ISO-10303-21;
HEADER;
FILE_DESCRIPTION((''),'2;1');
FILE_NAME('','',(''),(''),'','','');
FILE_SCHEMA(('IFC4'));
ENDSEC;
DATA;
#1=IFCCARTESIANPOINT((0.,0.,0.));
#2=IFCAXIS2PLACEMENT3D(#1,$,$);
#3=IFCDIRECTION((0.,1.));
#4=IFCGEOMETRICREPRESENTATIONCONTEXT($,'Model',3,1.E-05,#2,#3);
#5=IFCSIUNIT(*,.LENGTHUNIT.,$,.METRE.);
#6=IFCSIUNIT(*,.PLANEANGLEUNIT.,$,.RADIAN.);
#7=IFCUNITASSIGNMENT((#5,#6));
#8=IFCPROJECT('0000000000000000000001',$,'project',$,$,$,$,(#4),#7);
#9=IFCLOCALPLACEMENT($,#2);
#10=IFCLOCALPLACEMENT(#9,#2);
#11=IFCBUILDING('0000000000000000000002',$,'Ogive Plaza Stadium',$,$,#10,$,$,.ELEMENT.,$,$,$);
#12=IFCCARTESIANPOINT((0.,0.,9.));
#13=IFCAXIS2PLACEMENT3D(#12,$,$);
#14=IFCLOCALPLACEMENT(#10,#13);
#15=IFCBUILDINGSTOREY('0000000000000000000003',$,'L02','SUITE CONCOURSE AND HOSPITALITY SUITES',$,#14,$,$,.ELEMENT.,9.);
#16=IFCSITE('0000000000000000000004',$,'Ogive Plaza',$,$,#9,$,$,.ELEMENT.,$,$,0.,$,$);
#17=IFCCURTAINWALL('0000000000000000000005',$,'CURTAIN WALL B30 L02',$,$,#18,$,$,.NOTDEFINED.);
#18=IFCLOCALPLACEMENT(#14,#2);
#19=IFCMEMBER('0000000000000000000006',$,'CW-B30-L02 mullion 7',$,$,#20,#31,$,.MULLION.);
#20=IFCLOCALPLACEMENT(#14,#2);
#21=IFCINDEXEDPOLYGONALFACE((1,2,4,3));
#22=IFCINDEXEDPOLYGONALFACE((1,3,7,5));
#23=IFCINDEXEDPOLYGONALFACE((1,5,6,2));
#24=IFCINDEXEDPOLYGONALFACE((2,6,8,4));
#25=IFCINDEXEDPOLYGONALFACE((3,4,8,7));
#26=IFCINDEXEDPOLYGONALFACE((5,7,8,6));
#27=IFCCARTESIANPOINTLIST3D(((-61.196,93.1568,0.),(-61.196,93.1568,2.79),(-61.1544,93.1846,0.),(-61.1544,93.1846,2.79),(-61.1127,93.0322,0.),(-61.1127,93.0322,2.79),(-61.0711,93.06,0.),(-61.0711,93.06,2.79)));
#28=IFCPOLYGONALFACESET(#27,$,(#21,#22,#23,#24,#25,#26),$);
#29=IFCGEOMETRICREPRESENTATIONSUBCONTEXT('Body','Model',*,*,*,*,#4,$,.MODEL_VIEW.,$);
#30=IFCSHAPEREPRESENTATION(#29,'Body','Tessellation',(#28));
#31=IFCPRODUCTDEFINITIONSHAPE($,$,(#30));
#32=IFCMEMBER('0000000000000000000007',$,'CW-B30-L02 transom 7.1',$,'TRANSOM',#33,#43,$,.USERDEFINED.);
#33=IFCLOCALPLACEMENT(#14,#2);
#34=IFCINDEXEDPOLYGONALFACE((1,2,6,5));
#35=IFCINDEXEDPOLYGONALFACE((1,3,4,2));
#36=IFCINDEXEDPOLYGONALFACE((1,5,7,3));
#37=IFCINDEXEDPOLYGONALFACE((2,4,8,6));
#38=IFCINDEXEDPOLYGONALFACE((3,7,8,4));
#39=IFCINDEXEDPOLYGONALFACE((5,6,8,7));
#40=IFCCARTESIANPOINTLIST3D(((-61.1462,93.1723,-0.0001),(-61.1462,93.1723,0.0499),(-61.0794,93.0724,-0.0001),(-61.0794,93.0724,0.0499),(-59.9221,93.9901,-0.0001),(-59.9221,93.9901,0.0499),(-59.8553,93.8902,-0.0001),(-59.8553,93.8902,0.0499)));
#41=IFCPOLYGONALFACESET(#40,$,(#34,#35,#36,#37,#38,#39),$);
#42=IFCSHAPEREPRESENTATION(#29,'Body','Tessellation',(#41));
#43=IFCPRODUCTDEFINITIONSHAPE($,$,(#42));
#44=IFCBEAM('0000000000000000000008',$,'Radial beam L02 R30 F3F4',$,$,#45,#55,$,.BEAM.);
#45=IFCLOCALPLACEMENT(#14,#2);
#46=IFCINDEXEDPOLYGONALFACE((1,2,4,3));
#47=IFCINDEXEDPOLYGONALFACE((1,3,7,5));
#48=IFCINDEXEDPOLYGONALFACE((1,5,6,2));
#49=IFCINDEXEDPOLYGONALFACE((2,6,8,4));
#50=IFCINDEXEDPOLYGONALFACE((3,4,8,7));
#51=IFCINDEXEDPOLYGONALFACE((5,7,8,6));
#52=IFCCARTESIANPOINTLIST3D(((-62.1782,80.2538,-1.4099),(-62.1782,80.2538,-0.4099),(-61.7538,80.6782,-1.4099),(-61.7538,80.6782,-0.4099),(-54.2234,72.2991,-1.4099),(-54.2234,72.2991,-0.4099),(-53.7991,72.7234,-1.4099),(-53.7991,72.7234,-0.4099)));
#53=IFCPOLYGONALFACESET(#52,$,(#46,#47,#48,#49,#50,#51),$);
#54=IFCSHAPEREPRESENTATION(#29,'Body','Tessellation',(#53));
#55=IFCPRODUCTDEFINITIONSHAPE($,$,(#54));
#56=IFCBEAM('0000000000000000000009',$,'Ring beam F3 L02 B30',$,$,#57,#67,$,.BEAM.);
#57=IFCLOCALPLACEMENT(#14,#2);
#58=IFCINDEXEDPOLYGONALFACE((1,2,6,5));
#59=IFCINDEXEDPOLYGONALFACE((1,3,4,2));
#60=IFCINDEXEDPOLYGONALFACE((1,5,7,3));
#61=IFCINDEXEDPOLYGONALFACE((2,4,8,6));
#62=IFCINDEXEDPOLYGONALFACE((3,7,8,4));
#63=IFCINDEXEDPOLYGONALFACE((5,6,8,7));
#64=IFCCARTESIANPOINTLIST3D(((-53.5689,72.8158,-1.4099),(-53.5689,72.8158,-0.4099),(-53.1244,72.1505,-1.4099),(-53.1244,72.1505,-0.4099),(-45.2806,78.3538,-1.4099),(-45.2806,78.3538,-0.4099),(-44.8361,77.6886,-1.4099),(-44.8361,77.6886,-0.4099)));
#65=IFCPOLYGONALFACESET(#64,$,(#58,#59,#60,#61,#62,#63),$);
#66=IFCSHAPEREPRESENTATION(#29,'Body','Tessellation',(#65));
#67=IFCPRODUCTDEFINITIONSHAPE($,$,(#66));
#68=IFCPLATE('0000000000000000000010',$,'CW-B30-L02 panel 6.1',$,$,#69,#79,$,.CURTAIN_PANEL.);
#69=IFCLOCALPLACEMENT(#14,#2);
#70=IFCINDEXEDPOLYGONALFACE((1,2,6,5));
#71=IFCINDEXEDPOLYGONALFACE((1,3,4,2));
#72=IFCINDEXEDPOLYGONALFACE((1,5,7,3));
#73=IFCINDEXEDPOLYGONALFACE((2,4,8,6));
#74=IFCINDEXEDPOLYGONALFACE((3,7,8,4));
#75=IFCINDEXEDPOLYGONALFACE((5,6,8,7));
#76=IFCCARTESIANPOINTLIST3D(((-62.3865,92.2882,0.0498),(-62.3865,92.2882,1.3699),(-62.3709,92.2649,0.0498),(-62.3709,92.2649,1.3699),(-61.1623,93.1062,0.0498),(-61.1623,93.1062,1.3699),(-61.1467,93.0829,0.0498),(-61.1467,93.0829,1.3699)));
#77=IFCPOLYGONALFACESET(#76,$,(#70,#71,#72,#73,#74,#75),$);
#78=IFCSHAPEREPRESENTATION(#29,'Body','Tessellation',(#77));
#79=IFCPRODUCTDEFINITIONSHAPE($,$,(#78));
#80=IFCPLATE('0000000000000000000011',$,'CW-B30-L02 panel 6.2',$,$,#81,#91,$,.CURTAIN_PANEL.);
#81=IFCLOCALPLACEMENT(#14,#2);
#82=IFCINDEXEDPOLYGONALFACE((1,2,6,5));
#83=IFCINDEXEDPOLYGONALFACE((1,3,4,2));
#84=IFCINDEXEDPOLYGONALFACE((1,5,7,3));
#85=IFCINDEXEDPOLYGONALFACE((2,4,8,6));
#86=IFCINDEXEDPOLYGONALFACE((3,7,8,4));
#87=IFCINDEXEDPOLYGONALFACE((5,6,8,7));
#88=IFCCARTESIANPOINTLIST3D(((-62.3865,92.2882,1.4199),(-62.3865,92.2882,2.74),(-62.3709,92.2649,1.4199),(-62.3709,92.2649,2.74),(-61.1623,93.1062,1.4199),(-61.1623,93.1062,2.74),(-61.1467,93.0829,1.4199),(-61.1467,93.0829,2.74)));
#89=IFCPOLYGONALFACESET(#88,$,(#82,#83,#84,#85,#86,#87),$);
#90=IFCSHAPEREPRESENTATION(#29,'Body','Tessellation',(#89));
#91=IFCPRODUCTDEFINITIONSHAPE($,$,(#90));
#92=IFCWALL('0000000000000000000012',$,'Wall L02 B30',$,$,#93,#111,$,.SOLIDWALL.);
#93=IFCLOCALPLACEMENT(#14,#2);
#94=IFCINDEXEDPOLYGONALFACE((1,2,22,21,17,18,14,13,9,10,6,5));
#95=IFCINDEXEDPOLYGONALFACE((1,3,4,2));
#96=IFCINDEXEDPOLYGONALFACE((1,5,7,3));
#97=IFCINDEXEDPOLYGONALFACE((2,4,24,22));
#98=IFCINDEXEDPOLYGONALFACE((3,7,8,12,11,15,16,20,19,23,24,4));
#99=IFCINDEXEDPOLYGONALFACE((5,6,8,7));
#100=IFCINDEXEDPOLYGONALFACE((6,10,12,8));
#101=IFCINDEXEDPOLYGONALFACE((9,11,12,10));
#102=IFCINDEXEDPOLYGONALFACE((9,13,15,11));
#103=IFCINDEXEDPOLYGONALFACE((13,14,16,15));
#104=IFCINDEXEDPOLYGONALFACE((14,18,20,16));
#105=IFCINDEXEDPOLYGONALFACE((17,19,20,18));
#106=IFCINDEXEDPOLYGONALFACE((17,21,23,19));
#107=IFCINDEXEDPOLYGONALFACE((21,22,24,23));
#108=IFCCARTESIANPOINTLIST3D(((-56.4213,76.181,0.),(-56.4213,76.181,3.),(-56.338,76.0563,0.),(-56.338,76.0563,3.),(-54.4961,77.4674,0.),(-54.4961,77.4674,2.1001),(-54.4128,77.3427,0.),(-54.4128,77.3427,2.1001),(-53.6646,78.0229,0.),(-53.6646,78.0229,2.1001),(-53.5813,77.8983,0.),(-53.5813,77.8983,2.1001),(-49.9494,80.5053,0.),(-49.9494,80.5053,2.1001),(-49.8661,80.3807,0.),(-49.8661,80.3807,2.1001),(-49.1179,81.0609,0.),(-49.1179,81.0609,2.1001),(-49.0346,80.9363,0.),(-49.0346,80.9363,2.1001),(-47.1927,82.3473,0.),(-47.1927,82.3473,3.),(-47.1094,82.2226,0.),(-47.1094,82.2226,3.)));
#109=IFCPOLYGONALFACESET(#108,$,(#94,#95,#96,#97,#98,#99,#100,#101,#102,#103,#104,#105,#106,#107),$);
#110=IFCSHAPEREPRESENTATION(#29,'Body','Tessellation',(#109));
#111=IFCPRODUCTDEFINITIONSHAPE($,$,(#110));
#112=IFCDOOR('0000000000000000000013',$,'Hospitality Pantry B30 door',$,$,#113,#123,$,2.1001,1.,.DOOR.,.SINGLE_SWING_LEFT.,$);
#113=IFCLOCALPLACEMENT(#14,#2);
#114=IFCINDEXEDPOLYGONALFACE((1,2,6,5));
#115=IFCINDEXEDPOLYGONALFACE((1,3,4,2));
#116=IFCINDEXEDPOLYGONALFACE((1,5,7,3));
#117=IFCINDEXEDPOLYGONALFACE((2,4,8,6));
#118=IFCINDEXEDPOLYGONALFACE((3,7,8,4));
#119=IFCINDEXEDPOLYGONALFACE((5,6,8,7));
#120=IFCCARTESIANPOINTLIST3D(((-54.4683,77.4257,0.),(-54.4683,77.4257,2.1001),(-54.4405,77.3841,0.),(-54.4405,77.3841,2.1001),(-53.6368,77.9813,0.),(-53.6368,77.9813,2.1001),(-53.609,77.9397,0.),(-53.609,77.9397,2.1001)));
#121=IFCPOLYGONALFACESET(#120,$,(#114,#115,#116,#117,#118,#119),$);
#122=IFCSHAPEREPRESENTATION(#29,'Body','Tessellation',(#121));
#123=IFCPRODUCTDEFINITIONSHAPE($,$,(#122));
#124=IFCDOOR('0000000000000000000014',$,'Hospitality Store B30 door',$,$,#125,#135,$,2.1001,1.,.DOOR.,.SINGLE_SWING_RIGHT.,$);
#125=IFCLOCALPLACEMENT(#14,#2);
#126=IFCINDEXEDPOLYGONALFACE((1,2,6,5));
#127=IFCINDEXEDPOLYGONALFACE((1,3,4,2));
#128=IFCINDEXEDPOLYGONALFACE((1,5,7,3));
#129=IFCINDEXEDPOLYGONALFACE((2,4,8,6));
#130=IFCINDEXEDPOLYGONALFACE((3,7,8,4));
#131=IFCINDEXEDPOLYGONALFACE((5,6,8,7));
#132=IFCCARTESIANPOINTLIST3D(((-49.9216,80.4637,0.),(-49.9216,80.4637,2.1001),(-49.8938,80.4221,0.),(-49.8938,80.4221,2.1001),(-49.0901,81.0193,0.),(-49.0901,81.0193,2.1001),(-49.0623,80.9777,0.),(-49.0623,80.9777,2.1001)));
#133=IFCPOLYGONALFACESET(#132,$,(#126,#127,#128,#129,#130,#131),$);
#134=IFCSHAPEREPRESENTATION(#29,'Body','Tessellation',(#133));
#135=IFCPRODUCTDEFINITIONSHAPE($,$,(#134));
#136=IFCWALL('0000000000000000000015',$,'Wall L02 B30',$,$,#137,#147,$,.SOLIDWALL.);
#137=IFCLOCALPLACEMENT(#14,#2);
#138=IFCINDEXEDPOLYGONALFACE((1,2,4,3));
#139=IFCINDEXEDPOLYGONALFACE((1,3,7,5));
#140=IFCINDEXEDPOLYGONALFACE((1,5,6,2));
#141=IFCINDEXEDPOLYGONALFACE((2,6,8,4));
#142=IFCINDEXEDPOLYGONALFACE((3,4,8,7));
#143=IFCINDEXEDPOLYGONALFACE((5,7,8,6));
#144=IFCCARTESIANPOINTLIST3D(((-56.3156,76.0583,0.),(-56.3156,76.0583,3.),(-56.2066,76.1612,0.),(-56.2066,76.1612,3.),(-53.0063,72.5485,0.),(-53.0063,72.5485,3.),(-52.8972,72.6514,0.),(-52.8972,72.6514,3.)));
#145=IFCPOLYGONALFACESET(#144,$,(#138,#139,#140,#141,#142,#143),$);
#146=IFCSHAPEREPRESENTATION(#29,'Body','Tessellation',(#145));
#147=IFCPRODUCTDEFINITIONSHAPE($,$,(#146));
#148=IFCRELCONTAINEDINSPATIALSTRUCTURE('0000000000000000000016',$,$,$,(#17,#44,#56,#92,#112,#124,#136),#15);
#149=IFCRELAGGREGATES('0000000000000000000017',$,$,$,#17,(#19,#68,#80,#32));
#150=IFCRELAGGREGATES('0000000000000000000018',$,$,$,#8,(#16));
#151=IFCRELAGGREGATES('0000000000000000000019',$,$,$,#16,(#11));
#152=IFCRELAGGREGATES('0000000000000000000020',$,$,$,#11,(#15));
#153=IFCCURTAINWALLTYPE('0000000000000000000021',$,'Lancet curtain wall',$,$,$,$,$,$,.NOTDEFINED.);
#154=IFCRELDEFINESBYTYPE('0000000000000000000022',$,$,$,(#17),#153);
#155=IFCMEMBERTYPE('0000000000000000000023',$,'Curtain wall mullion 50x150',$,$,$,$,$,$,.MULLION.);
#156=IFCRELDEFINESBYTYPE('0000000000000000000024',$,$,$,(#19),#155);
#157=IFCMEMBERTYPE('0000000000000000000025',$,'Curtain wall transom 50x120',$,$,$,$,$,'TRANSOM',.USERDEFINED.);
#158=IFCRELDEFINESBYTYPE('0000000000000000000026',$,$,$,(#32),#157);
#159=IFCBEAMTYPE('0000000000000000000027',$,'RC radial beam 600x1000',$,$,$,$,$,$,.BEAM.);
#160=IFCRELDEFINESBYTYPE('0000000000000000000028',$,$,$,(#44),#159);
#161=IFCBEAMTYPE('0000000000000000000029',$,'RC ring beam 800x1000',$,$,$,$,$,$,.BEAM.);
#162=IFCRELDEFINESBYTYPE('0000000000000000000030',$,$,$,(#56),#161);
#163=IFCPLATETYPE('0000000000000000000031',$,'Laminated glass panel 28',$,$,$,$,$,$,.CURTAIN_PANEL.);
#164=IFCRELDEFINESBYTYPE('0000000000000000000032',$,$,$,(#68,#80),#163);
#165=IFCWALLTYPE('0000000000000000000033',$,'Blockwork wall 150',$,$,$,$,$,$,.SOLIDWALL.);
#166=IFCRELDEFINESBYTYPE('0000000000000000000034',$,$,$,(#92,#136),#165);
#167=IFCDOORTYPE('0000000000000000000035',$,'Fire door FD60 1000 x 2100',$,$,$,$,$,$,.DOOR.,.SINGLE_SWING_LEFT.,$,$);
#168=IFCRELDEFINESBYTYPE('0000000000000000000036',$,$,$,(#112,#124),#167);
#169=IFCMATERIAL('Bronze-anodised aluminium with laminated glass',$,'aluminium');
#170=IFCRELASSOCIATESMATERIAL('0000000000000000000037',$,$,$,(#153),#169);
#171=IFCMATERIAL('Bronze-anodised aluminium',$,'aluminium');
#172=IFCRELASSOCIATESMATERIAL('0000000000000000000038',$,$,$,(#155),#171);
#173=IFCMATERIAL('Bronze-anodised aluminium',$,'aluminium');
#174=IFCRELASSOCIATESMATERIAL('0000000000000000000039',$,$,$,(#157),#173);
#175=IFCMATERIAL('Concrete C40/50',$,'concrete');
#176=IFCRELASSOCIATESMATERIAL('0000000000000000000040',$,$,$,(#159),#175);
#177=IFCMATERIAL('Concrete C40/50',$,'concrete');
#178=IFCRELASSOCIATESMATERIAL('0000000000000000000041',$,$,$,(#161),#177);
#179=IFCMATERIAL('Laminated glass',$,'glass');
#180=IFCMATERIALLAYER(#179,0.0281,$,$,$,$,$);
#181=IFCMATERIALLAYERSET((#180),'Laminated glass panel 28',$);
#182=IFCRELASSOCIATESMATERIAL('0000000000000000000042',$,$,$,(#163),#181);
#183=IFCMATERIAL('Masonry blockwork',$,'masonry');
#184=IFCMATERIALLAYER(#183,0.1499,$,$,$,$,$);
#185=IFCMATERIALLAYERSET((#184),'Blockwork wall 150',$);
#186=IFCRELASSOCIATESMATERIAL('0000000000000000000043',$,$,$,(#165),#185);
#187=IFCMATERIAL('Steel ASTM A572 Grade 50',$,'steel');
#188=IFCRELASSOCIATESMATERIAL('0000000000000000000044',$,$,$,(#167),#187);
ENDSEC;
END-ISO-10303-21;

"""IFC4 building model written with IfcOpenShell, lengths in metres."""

from ifc_helpers import new_model, si_unit, direction, frame, frame_2d, origin, origin_2d, place, context, subcontext, project, spatial, rectangle, extrude, material, layer, layer_set, material_profile, profile_set, type_object, element, fill, aggregate, save


model = new_model("IFC4")

# Units and contexts
model_context = context("Model", 3, precision=1e-05, world=origin(), true_north=direction((0.0, 1.0)))
body_context = subcontext(model_context, "Body", "Model", "MODEL_VIEW")
ifc_project = project(units=[si_unit("LENGTHUNIT", "METRE"), si_unit("PLANEANGLEUNIT", "RADIAN")], contexts=[model_context])

# Site, building, storey
site_placement = place(None, origin())
site = spatial("IfcSite", under=ifc_project, at=site_placement, Name="Ogive Plaza", CompositionType="ELEMENT", RefElevation=0.0)
building_placement = place(site_placement, origin())
building = spatial("IfcBuilding", under=site, at=building_placement, Name="Ogive Plaza Stadium", CompositionType="ELEMENT")
storey_placement = place(building_placement, frame((0.0, 0.0, 9.0)))
storey = spatial("IfcBuildingStorey", under=building, at=storey_placement, Name="L02", Description="SUITE CONCOURSE AND HOSPITALITY SUITES", CompositionType="ELEMENT", Elevation=9.0)

# Curtain wall, members
ifc_material_1 = material(Name="Bronze-anodised aluminium with laminated glass", Category="aluminium")
curtain_wall_type = type_object("IfcCurtainWallType", Name="Lancet curtain wall", PredefinedType="NOTDEFINED", material=ifc_material_1)
curtain_wall_placement = place(storey_placement, origin())
curtain_wall = element("IfcCurtainWall", 1, at=curtain_wall_placement, inside=storey, type_object=curtain_wall_type, Name="CURTAIN WALL B30 L02", PredefinedType="NOTDEFINED")
ifc_material_2 = material(Name="Bronze-anodised aluminium", Category="aluminium")
ifc_material_profile_1 = material_profile(ifc_material_2, rectangle(XDim=0.1499, YDim=0.05, at=origin_2d()), Name="AL 150x50")
ifc_profile_set_1 = profile_set([ifc_material_profile_1], Name="Bronze-anodised aluminium")
member_type_1 = type_object("IfcMemberType", Name="Curtain wall mullion 50x150", PredefinedType="MULLION", material=ifc_profile_set_1)
member_1_placement = place(storey_placement, frame((-61.1335, 93.1084, 0.0), z_axis=(0.0, 0.0, 1.0), x_axis=(-0.55557, 0.83147, 0.0)))
member_1 = element("IfcMember", 2, at=member_1_placement, type_object=member_type_1, Name="CW-B30-L02 mullion 7", PredefinedType="MULLION", context=body_context, shape_type="SweptSolid", body=[
    extrude(rectangle(XDim=0.1499, YDim=0.05, at=origin_2d()), origin(), (0.0, 0.0, 1.0), 2.79),
])
ifc_material_3 = material(Name="Bronze-anodised aluminium", Category="aluminium")
ifc_material_profile_2 = material_profile(ifc_material_3, rectangle(XDim=0.1201, YDim=0.05, at=origin_2d()), Name="AL 120x50")
ifc_profile_set_2 = profile_set([ifc_material_profile_2], Name="Bronze-anodised aluminium")
member_type_2 = type_object("IfcMemberType", Name="Curtain wall transom 50x120", ElementType="TRANSOM", PredefinedType="USERDEFINED", material=ifc_profile_set_2)
member_2_placement = place(storey_placement, frame((-61.1128, 93.1223, 0.0249), z_axis=(0.831489, 0.555542, 0.0), x_axis=(-0.555542, 0.831489, 0.0)))
member_2 = element("IfcMember", 3, at=member_2_placement, type_object=member_type_2, Name="CW-B30-L02 transom 7.1", ObjectType="TRANSOM", PredefinedType="USERDEFINED", context=body_context, shape_type="SweptSolid", body=[
    extrude(rectangle(XDim=0.1201, YDim=0.05, at=origin_2d()), origin(), (0.0, 0.0, 1.0), 1.4722),
])

# Beams
ifc_material_4 = material(Name="Concrete C40/50", Category="concrete")
ifc_material_profile_3 = material_profile(ifc_material_4, rectangle(XDim=0.6001, YDim=1.0, at=origin_2d()), Name="RC 600x1000")
ifc_profile_set_3 = profile_set([ifc_material_profile_3], Name="Concrete C40/50")
beam_type_1 = type_object("IfcBeamType", Name="RC radial beam 600x1000", PredefinedType="BEAM", material=ifc_profile_set_3)
beam_1_placement = place(storey_placement, frame((-54.0112, 72.5112, -0.9099), z_axis=(-0.707107, 0.707107, 0.0), x_axis=(-0.707107, -0.707107, 0.0)))
element("IfcBeam", 4, at=beam_1_placement, inside=storey, type_object=beam_type_1, Name="Radial beam L02 R30 F3F4", PredefinedType="BEAM", context=body_context, shape_type="SweptSolid", body=[
    extrude(rectangle(XDim=0.6001, YDim=1.0, at=origin_2d()), origin(), (0.0, 0.0, 1.0), 11.2498),
])
ifc_material_5 = material(Name="Concrete C40/50", Category="concrete")
ifc_material_profile_4 = material_profile(ifc_material_5, rectangle(XDim=0.8, YDim=1.0, at=origin_2d()), Name="RC 800x1000")
ifc_profile_set_4 = profile_set([ifc_material_profile_4], Name="Concrete C40/50")
beam_type_2 = type_object("IfcBeamType", Name="RC ring beam 800x1000", PredefinedType="BEAM", material=ifc_profile_set_4)
beam_2_placement = place(storey_placement, frame((-53.3467, 72.4832, -0.9099), z_axis=(0.83147, 0.55557, 0.0), x_axis=(-0.55557, 0.83147, 0.0)))
element("IfcBeam", 5, at=beam_2_placement, inside=storey, type_object=beam_type_2, Name="Ring beam F3 L02 B30", PredefinedType="BEAM", context=body_context, shape_type="SweptSolid", body=[
    extrude(rectangle(XDim=0.8, YDim=1.0, at=origin_2d()), origin(), (0.0, 0.0, 1.0), 9.9683),
])

# Plates
ifc_material_6 = material(Name="Laminated glass", Category="glass")
ifc_layer_1 = layer(ifc_material_6, 0.0281)
ifc_layer_set_1 = layer_set([ifc_layer_1], Name="Laminated glass panel 28")
plate_type = type_object("IfcPlateType", Name="Laminated glass panel 28", PredefinedType="CURTAIN_PANEL", material=ifc_layer_set_1)
plate_1_placement = place(storey_placement, frame((-61.7666, 92.6855, 0.0498), z_axis=(0.0, 0.0, 1.0), x_axis=(0.83147, 0.55557, 0.0)))
plate_1 = element("IfcPlate", 6, at=plate_1_placement, type_object=plate_type, Name="CW-B30-L02 panel 6.1", PredefinedType="CURTAIN_PANEL", context=body_context, shape_type="SweptSolid", body=[
    extrude(rectangle(XDim=1.4724, YDim=0.0281, at=origin_2d()), origin(), (0.0, 0.0, 1.0), 1.3201),
])
plate_2_placement = place(storey_placement, frame((-61.7666, 92.6855, 1.4199), z_axis=(0.0, 0.0, 1.0), x_axis=(0.83147, 0.55557, 0.0)))
plate_2 = element("IfcPlate", 7, at=plate_2_placement, type_object=plate_type, Name="CW-B30-L02 panel 6.2", PredefinedType="CURTAIN_PANEL", context=body_context, shape_type="SweptSolid", body=[
    extrude(rectangle(XDim=1.4724, YDim=0.0281, at=origin_2d()), origin(), (0.0, 0.0, 1.0), 1.3201),
])
aggregate(curtain_wall, [member_1, plate_1, plate_2, member_2])

# Wall, openings, doors
ifc_material_7 = material(Name="Masonry blockwork", Category="masonry")
ifc_layer_2 = layer(ifc_material_7, 0.1499)
ifc_layer_set_2 = layer_set([ifc_layer_2], Name="Blockwork wall 150")
wall_type_1 = type_object("IfcWallType", Name="Blockwork wall 150", PredefinedType="SOLIDWALL", material=ifc_layer_set_2)
wall_1_placement = place(storey_placement, frame((-56.3796, 76.1187, 0.0), z_axis=(0.0, 0.0, 1.0), x_axis=(0.831471, 0.555568, 0.0)))
wall_1 = element("IfcWall", 8, at=wall_1_placement, inside=storey, type_object=wall_type_1, Name="Wall L02 B30", PredefinedType="SOLIDWALL", context=body_context, shape_type="SweptSolid", body=[
    extrude(rectangle(XDim=11.0991, YDim=0.1499, at=frame_2d((5.5496, 0.0))), origin(), (0.0, 0.0, 1.0), 3.0),
])
opening_1_placement = place(wall_1_placement, frame((2.3154, 0.0, 0.0)))
opening_1 = element("IfcOpeningElement", 9, at=opening_1_placement, cuts=wall_1, PredefinedType="OPENING", context=body_context, shape_type="SweptSolid", body=[
    extrude(rectangle(XDim=1.0, YDim=2.1001, at=frame_2d((0.5, 1.05))), frame((0.0, 0.075, 0.0), z_axis=(0.0, -1.0, 0.0), x_axis=(1.0, 0.0, 0.0)), (0.0, 0.0, 1.0), 0.1499),
])
opening_2_placement = place(wall_1_placement, frame((7.7837, 0.0, 0.0)))
opening_2 = element("IfcOpeningElement", 10, at=opening_2_placement, cuts=wall_1, PredefinedType="OPENING", context=body_context, shape_type="SweptSolid", body=[
    extrude(rectangle(XDim=1.0, YDim=2.1001, at=frame_2d((0.5, 1.05))), frame((0.0, 0.075, 0.0), z_axis=(0.0, -1.0, 0.0), x_axis=(1.0, 0.0, 0.0)), (0.0, 0.0, 1.0), 0.1499),
])
ifc_material_8 = material(Name="Steel ASTM A572 Grade 50", Category="steel")
door_type_1 = type_object("IfcDoorType", Name="Fire door FD60 1000 x 2100", OperationType="SINGLE_SWING_LEFT", PredefinedType="DOOR", material=ifc_material_8)
door_1_placement = place(opening_1_placement, origin())
door_1 = element("IfcDoor", 11, at=door_1_placement, inside=storey, type_object=door_type_1, Name="Hospitality Pantry B30 door", OperationType="SINGLE_SWING_LEFT", OverallHeight=2.1001, OverallWidth=1.0, PredefinedType="DOOR", context=body_context, shape_type="SweptSolid", body=[
    extrude(rectangle(XDim=1.0, YDim=2.1001, at=frame_2d((0.5, 1.05))), frame((0.0, 0.0249, 0.0), z_axis=(0.0, -1.0, 0.0), x_axis=(1.0, 0.0, 0.0)), (0.0, 0.0, 1.0), 0.05),
])
fill(opening_1, door_1)
door_2_placement = place(opening_2_placement, origin())
door_2 = element("IfcDoor", 12, at=door_2_placement, inside=storey, type_object=door_type_1, Name="Hospitality Store B30 door", OperationType="SINGLE_SWING_RIGHT", OverallHeight=2.1001, OverallWidth=1.0, PredefinedType="DOOR", context=body_context, shape_type="SweptSolid", body=[
    extrude(rectangle(XDim=1.0, YDim=2.1001, at=frame_2d((0.5, 1.05))), frame((0.0, 0.0249, 0.0), z_axis=(0.0, -1.0, 0.0), x_axis=(1.0, 0.0, 0.0)), (0.0, 0.0, 1.0), 0.05),
])
fill(opening_2, door_2)

# Wall
wall_2_placement = place(storey_placement, frame((-52.9517, 72.5999, 0.0), z_axis=(0.0, 0.0, 1.0), x_axis=(-0.686026, 0.727577, 0.0)))
element("IfcWall", 13, at=wall_2_placement, inside=storey, type_object=wall_type_1, Name="Wall L02 B30", PredefinedType="SOLIDWALL", context=body_context, shape_type="SweptSolid", body=[
    extrude(rectangle(XDim=4.824, YDim=0.1499, at=frame_2d((2.4121, 0.0))), origin(), (0.0, 0.0, 1.0), 3.0),
])

save(model, "model.ifc")
